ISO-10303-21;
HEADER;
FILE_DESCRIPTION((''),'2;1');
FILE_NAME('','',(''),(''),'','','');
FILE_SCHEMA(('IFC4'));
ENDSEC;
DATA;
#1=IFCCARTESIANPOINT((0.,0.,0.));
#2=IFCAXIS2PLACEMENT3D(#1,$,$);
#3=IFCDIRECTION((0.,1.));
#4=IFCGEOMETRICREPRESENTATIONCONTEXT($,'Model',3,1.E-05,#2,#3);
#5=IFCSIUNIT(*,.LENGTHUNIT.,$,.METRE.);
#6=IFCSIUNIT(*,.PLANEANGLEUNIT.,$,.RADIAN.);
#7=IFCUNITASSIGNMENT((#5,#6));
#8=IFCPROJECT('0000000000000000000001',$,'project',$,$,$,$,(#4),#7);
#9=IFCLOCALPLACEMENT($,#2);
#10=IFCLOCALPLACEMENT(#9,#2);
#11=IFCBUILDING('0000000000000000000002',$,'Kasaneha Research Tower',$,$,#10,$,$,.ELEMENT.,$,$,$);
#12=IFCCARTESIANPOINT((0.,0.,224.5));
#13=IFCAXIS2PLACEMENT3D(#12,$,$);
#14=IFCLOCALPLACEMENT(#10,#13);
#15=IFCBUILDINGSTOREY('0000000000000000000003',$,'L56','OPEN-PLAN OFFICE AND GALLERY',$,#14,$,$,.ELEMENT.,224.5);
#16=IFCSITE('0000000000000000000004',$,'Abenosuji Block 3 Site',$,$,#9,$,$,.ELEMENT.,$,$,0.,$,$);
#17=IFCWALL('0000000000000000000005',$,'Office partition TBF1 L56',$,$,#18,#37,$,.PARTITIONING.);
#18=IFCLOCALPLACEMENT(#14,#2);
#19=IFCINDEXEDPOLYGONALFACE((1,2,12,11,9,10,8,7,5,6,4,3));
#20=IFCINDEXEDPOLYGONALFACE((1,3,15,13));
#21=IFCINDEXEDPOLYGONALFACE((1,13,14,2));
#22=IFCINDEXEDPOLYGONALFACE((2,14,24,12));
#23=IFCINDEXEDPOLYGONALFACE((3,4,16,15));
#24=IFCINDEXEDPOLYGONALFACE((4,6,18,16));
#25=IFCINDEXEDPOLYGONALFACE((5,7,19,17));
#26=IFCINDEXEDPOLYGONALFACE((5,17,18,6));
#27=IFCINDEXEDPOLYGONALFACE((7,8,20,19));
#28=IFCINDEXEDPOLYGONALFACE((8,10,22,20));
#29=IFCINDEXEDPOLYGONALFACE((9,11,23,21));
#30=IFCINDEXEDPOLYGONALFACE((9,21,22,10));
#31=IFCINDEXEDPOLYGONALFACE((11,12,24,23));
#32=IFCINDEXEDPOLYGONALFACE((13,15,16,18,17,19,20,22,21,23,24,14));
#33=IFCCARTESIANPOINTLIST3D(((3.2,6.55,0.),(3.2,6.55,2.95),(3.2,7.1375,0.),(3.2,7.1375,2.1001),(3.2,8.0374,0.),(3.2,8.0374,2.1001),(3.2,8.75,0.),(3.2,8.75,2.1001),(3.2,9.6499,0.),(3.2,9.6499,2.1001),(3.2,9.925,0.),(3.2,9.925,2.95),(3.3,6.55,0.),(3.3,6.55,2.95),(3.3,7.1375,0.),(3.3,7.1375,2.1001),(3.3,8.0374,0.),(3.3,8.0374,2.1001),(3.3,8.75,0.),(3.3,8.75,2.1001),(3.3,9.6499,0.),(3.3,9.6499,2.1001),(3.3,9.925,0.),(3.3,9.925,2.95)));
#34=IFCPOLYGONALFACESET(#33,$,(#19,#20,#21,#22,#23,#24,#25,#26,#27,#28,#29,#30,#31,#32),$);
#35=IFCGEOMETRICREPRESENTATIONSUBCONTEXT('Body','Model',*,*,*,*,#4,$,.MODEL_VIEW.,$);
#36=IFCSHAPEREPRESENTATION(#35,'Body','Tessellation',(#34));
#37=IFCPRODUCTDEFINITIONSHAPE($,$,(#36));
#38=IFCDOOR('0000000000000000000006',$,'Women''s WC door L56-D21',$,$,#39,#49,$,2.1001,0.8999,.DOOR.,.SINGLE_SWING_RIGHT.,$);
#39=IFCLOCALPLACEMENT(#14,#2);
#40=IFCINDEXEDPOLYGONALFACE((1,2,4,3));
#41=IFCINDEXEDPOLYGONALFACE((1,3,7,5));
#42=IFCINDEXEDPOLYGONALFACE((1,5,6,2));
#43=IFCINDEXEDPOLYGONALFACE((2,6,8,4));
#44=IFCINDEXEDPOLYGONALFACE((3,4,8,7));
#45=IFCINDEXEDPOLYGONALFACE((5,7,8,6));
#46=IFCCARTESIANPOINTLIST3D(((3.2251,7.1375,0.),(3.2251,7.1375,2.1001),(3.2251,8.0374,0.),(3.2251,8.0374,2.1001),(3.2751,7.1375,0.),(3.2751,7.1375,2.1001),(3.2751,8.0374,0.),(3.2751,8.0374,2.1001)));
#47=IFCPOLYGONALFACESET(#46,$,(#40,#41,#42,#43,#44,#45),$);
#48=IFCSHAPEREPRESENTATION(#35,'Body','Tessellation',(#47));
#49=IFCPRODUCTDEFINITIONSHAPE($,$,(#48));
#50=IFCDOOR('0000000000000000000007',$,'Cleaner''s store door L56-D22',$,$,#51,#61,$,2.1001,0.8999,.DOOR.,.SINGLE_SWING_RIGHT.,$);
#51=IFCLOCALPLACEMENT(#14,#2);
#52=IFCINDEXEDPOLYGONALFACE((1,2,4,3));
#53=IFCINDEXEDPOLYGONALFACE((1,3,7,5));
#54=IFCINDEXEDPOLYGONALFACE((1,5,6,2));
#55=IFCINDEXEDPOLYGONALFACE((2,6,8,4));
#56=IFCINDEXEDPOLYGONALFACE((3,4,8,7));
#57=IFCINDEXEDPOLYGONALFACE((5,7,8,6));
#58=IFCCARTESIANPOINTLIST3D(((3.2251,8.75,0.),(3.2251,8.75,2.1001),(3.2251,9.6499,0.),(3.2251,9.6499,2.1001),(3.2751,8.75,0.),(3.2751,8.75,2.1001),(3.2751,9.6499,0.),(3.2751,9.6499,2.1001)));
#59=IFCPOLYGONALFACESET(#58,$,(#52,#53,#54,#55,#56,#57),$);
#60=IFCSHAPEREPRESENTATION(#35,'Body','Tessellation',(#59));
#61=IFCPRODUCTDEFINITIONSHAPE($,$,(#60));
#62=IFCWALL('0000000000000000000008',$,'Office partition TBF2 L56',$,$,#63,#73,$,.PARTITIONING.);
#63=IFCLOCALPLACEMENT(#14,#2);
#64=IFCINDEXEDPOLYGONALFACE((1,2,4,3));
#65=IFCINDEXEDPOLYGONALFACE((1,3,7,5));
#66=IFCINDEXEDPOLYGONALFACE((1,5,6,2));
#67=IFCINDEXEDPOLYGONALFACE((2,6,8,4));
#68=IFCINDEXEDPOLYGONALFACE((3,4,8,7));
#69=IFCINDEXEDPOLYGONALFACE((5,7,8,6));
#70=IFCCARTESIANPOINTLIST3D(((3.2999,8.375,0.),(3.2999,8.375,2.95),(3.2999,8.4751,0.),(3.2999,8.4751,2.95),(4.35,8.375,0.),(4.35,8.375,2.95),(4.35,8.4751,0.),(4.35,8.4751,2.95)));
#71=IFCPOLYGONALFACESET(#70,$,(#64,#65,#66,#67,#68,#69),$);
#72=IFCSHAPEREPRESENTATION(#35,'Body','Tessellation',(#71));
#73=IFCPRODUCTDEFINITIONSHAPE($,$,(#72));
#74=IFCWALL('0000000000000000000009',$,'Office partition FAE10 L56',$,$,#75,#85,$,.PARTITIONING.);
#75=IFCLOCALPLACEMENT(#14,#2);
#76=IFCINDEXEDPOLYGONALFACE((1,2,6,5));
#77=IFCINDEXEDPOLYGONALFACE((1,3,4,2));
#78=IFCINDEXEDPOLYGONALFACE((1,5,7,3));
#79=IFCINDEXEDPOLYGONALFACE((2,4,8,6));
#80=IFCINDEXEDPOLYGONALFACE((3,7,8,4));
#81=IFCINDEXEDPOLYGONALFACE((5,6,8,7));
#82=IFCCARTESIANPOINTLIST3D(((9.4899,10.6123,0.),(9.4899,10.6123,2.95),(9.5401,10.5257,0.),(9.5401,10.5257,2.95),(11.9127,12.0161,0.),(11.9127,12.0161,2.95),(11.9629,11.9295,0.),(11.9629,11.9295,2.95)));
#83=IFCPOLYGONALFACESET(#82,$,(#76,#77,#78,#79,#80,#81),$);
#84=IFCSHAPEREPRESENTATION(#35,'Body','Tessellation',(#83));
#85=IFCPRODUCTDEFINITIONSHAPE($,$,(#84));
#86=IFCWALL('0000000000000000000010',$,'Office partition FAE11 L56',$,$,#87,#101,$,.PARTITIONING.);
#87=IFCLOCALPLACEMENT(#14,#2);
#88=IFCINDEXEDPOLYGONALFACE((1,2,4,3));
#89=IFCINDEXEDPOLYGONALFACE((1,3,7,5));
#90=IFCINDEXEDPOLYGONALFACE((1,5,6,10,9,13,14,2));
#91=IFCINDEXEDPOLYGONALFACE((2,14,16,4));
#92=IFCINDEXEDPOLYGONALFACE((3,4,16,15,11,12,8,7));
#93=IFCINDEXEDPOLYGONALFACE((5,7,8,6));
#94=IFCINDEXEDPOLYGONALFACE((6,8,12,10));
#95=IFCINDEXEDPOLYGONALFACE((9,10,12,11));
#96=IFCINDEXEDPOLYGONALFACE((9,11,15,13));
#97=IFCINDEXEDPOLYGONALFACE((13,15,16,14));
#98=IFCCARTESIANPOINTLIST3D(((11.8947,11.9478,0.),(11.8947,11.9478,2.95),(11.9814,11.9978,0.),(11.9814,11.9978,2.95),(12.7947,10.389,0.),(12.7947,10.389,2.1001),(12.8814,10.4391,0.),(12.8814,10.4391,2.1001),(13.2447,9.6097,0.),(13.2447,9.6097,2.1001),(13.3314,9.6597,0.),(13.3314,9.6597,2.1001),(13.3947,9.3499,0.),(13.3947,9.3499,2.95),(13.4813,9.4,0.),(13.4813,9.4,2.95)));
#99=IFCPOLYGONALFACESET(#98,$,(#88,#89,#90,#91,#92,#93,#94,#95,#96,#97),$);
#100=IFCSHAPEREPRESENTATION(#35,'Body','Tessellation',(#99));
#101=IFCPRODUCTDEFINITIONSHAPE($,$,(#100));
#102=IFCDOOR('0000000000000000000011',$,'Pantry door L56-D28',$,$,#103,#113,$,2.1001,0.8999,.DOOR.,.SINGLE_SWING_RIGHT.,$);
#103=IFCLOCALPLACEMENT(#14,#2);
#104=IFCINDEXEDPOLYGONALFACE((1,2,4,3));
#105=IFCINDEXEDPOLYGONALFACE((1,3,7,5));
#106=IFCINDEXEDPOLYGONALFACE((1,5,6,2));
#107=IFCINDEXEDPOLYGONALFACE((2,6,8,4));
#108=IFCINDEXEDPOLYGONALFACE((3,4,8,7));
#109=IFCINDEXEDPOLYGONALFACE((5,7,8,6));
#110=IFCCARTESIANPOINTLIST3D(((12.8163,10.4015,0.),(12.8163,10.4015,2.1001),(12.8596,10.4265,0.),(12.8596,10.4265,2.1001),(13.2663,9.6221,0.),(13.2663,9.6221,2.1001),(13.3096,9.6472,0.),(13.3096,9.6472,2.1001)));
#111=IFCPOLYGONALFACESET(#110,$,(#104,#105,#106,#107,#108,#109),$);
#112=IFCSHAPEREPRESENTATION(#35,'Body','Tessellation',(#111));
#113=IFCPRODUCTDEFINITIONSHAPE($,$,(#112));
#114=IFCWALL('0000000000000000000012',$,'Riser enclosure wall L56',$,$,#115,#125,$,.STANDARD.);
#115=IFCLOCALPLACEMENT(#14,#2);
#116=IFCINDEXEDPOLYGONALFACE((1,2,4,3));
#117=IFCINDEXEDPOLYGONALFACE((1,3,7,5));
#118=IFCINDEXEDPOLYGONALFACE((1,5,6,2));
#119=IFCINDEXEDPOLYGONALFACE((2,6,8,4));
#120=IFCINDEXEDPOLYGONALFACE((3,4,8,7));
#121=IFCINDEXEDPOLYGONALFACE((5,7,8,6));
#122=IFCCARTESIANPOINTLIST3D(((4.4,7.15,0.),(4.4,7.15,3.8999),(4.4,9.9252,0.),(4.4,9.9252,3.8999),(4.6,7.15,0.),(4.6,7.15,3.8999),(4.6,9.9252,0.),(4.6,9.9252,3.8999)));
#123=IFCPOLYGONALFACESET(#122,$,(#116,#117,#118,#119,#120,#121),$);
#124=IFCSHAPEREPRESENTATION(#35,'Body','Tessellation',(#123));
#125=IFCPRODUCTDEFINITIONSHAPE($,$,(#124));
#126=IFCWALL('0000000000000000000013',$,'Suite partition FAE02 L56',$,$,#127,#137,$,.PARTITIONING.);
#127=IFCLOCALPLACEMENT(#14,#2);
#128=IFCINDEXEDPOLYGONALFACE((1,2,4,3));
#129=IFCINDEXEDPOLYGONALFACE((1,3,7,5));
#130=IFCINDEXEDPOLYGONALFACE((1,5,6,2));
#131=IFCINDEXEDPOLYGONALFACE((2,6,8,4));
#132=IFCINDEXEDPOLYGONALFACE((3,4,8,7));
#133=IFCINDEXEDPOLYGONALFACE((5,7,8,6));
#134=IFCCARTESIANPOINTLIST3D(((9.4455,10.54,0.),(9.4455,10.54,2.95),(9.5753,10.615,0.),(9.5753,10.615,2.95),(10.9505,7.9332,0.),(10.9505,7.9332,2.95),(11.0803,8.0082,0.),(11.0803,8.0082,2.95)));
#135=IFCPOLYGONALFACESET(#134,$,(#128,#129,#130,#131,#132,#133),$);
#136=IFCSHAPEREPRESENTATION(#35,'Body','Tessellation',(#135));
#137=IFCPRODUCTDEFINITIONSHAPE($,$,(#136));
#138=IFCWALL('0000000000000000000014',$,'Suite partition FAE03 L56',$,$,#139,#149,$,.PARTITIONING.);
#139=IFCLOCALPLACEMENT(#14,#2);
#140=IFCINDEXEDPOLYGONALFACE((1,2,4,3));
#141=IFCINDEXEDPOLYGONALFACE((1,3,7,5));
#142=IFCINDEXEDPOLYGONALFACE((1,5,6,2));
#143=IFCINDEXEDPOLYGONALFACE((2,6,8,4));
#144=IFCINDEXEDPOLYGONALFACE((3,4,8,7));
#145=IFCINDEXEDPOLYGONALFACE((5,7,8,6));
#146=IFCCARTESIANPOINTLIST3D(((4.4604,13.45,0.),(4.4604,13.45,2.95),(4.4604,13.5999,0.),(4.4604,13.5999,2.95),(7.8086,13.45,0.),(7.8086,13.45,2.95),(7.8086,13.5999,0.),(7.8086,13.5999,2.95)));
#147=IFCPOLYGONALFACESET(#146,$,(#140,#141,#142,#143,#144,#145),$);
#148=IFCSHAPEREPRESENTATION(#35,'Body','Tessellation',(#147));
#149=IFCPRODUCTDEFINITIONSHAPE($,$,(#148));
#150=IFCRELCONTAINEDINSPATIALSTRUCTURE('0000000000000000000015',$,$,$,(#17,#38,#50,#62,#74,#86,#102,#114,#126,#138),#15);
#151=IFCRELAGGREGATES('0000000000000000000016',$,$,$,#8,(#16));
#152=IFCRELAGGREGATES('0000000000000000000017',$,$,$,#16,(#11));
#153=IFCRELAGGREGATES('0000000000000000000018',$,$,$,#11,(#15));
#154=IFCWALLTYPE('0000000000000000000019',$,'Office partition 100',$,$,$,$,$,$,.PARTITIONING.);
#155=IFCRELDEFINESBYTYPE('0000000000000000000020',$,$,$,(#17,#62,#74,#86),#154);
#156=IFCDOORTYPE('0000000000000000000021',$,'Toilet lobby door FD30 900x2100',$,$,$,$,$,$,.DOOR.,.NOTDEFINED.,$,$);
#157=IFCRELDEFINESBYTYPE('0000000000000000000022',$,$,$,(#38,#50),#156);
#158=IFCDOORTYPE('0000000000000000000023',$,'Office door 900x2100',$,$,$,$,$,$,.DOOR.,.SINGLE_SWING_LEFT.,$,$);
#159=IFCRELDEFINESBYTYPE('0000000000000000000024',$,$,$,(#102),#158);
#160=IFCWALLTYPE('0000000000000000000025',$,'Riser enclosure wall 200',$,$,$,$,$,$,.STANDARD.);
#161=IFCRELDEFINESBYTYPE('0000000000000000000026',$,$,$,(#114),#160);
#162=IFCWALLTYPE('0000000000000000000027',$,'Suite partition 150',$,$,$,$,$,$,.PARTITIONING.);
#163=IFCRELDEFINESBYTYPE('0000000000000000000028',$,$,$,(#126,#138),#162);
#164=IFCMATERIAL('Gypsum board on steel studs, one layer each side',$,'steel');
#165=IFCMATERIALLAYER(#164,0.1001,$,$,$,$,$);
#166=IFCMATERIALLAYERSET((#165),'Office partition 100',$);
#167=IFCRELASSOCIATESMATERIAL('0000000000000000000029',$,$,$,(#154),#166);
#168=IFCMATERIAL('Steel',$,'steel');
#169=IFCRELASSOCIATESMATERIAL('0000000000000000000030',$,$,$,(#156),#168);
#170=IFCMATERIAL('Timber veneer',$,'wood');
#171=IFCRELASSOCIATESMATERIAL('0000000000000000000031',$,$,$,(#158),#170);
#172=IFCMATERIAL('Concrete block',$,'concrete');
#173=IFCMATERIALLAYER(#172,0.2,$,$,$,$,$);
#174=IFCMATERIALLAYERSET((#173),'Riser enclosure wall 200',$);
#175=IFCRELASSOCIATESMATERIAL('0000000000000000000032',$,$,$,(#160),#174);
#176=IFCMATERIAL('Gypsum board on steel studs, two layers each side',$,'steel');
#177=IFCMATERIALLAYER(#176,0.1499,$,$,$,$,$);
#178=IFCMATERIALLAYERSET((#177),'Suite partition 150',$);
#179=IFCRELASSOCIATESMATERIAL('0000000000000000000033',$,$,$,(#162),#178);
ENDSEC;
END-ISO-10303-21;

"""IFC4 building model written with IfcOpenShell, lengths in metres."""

from ifc_helpers import new_model, si_unit, direction, frame, frame_2d, origin, place, context, subcontext, project, spatial, rectangle, extrude, material, layer, layer_set, type_object, element, fill, save


model = new_model("IFC4")

# Units and contexts
model_context = context("Model", 3, precision=1e-05, world=origin(), true_north=direction((0.0, 1.0)))
body_context = subcontext(model_context, "Body", "Model", "MODEL_VIEW")
ifc_project = project(units=[si_unit("LENGTHUNIT", "METRE"), si_unit("PLANEANGLEUNIT", "RADIAN")], contexts=[model_context])

# Site, building, storey
site_placement = place(None, origin())
site = spatial("IfcSite", under=ifc_project, at=site_placement, Name="Abenosuji Block 3 Site", CompositionType="ELEMENT", RefElevation=0.0)
building_placement = place(site_placement, origin())
building = spatial("IfcBuilding", under=site, at=building_placement, Name="Kasaneha Research Tower", CompositionType="ELEMENT")
storey_placement = place(building_placement, frame((0.0, 0.0, 224.5)))
storey = spatial("IfcBuildingStorey", under=building, at=storey_placement, Name="L56", Description="OPEN-PLAN OFFICE AND GALLERY", CompositionType="ELEMENT", Elevation=224.5)

# Wall, openings, doors
ifc_material_1 = material(Name="Gypsum board on steel studs, one layer each side", Category="steel")
ifc_layer_1 = layer(ifc_material_1, 0.1001)
ifc_layer_set_1 = layer_set([ifc_layer_1], Name="Office partition 100")
wall_type_1 = type_object("IfcWallType", Name="Office partition 100", PredefinedType="PARTITIONING", material=ifc_layer_set_1)
wall_1_placement = place(storey_placement, frame((3.25, 6.55, 0.0), z_axis=(0.0, 0.0, 1.0), x_axis=(0.0, 1.0, 0.0)))
wall_1 = element("IfcWall", 1, at=wall_1_placement, inside=storey, type_object=wall_type_1, Name="Office partition TBF1 L56", PredefinedType="PARTITIONING", context=body_context, shape_type="SweptSolid", body=[
    extrude(rectangle(XDim=3.375, YDim=0.1001, at=frame_2d((1.6875, 0.0))), origin(), (0.0, 0.0, 1.0), 2.95),
])
opening_1_placement = place(wall_1_placement, frame((0.5874, 0.0, 0.0)))
opening_1 = element("IfcOpeningElement", 2, at=opening_1_placement, cuts=wall_1, PredefinedType="OPENING", context=body_context, shape_type="SweptSolid", body=[
    extrude(rectangle(XDim=0.8999, YDim=2.1001, at=frame_2d((0.45, 1.05))), frame((0.0, 0.0601, 0.0), z_axis=(0.0, -1.0, 0.0), x_axis=(1.0, 0.0, 0.0)), (0.0, 0.0, 1.0), 0.1201),
])
opening_2_placement = place(wall_1_placement, frame((2.2, 0.0, 0.0)))
opening_2 = element("IfcOpeningElement", 3, at=opening_2_placement, cuts=wall_1, PredefinedType="OPENING", context=body_context, shape_type="SweptSolid", body=[
    extrude(rectangle(XDim=0.8999, YDim=2.1001, at=frame_2d((0.45, 1.05))), frame((0.0, 0.0601, 0.0), z_axis=(0.0, -1.0, 0.0), x_axis=(1.0, 0.0, 0.0)), (0.0, 0.0, 1.0), 0.1201),
])
ifc_material_2 = material(Name="Steel", Category="steel")
door_type_1 = type_object("IfcDoorType", Name="Toilet lobby door FD30 900x2100", OperationType="NOTDEFINED", PredefinedType="DOOR", material=ifc_material_2)
door_1_placement = place(opening_1_placement, origin())
door_1 = element("IfcDoor", 4, at=door_1_placement, inside=storey, type_object=door_type_1, Name="Women's WC door L56-D21", OperationType="SINGLE_SWING_RIGHT", OverallHeight=2.1001, OverallWidth=0.8999, PredefinedType="DOOR", context=body_context, shape_type="SweptSolid", body=[
    extrude(rectangle(XDim=0.8999, YDim=2.1001, at=frame_2d((0.45, 1.05))), frame((0.0, 0.0249, 0.0), z_axis=(0.0, -1.0, 0.0), x_axis=(1.0, 0.0, 0.0)), (0.0, 0.0, 1.0), 0.05),
])
fill(opening_1, door_1)
door_2_placement = place(opening_2_placement, origin())
door_2 = element("IfcDoor", 5, at=door_2_placement, inside=storey, type_object=door_type_1, Name="Cleaner's store door L56-D22", OperationType="SINGLE_SWING_RIGHT", OverallHeight=2.1001, OverallWidth=0.8999, PredefinedType="DOOR", context=body_context, shape_type="SweptSolid", body=[
    extrude(rectangle(XDim=0.8999, YDim=2.1001, at=frame_2d((0.45, 1.05))), frame((0.0, 0.0249, 0.0), z_axis=(0.0, -1.0, 0.0), x_axis=(1.0, 0.0, 0.0)), (0.0, 0.0, 1.0), 0.05),
])
fill(opening_2, door_2)

# Walls
wall_2_placement = place(storey_placement, frame((3.3, 8.425, 0.0), z_axis=(0.0, 0.0, 1.0), x_axis=(1.0, 0.0, 0.0)))
element("IfcWall", 6, at=wall_2_placement, inside=storey, type_object=wall_type_1, Name="Office partition TBF2 L56", PredefinedType="PARTITIONING", context=body_context, shape_type="SweptSolid", body=[
    extrude(rectangle(XDim=1.05, YDim=0.1001, at=frame_2d((0.5249, 0.0))), origin(), (0.0, 0.0, 1.0), 2.95),
])
wall_3_placement = place(storey_placement, frame((9.5151, 10.5691, 0.0), z_axis=(0.0, 0.0, 1.0), x_axis=(0.865255, 0.501332, 0.0)))
element("IfcWall", 7, at=wall_3_placement, inside=storey, type_object=wall_type_1, Name="Office partition FAE10 L56", PredefinedType="PARTITIONING", context=body_context, shape_type="SweptSolid", body=[
    extrude(rectangle(XDim=2.8, YDim=0.1001, at=frame_2d((1.3999, 0.0))), origin(), (0.0, 0.0, 1.0), 2.95),
])

# Wall, opening, door
wall_4_placement = place(storey_placement, frame((11.938, 11.9729, 0.0), z_axis=(0.0, 0.0, 1.0), x_axis=(0.500025, -0.866011, 0.0)))
wall_4 = element("IfcWall", 8, at=wall_4_placement, inside=storey, type_object=wall_type_1, Name="Office partition FAE11 L56", PredefinedType="PARTITIONING", context=body_context, shape_type="SweptSolid", body=[
    extrude(rectangle(XDim=2.9998, YDim=0.1001, at=frame_2d((1.5, 0.0))), origin(), (0.0, 0.0, 1.0), 2.95),
])
opening_3_placement = place(wall_4_placement, frame((1.8, 0.0, 0.0)))
opening_3 = element("IfcOpeningElement", 9, at=opening_3_placement, cuts=wall_4, PredefinedType="OPENING", context=body_context, shape_type="SweptSolid", body=[
    extrude(rectangle(XDim=0.8999, YDim=2.1001, at=frame_2d((0.45, 1.05))), frame((0.0, 0.0601, 0.0), z_axis=(0.0, -1.0, 0.0), x_axis=(1.0, 0.0, 0.0)), (0.0, 0.0, 1.0), 0.1201),
])
ifc_material_3 = material(Name="Timber veneer", Category="wood")
door_type_2 = type_object("IfcDoorType", Name="Office door 900x2100", OperationType="SINGLE_SWING_LEFT", PredefinedType="DOOR", material=ifc_material_3)
door_3_placement = place(opening_3_placement, origin())
door_3 = element("IfcDoor", 10, at=door_3_placement, inside=storey, type_object=door_type_2, Name="Pantry door L56-D28", OperationType="SINGLE_SWING_RIGHT", OverallHeight=2.1001, OverallWidth=0.8999, PredefinedType="DOOR", context=body_context, shape_type="SweptSolid", body=[
    extrude(rectangle(XDim=0.8999, YDim=2.1001, at=frame_2d((0.45, 1.05))), frame((0.0, 0.0249, 0.0), z_axis=(0.0, -1.0, 0.0), x_axis=(1.0, 0.0, 0.0)), (0.0, 0.0, 1.0), 0.05),
])
fill(opening_3, door_3)

# Walls
ifc_material_4 = material(Name="Concrete block", Category="concrete")
ifc_layer_2 = layer(ifc_material_4, 0.2)
ifc_layer_set_2 = layer_set([ifc_layer_2], Name="Riser enclosure wall 200")
wall_type_2 = type_object("IfcWallType", Name="Riser enclosure wall 200", PredefinedType="STANDARD", material=ifc_layer_set_2)
wall_5_placement = place(storey_placement, frame((4.5, 7.1499, 0.0), z_axis=(0.0, 0.0, 1.0), x_axis=(0.0, 1.0, 0.0)))
element("IfcWall", 11, at=wall_5_placement, inside=storey, type_object=wall_type_2, Name="Riser enclosure wall L56", PredefinedType="STANDARD", context=body_context, shape_type="SweptSolid", body=[
    extrude(rectangle(XDim=2.7751, YDim=0.2, at=frame_2d((1.3877, 0.0))), origin(), (0.0, 0.0, 1.0), 3.8999),
])
ifc_material_5 = material(Name="Gypsum board on steel studs, two layers each side", Category="steel")
ifc_layer_3 = layer(ifc_material_5, 0.1499)
ifc_layer_set_3 = layer_set([ifc_layer_3], Name="Suite partition 150")
wall_type_3 = type_object("IfcWallType", Name="Suite partition 150", PredefinedType="PARTITIONING", material=ifc_layer_set_3)
wall_6_placement = place(storey_placement, frame((9.5105, 10.5774, 0.0), z_axis=(0.0, 0.0, 1.0), x_axis=(0.499978, -0.866038, 0.0)))
element("IfcWall", 12, at=wall_6_placement, inside=storey, type_object=wall_type_3, Name="Suite partition FAE02 L56", PredefinedType="PARTITIONING", context=body_context, shape_type="SweptSolid", body=[
    extrude(rectangle(XDim=3.01, YDim=0.1499, at=frame_2d((1.5049, 0.0))), origin(), (0.0, 0.0, 1.0), 2.95),
])
wall_7_placement = place(storey_placement, frame((4.4604, 13.5249, 0.0), z_axis=(0.0, 0.0, 1.0), x_axis=(1.0, 0.0, 0.0)))
element("IfcWall", 13, at=wall_7_placement, inside=storey, type_object=wall_type_3, Name="Suite partition FAE03 L56", PredefinedType="PARTITIONING", context=body_context, shape_type="SweptSolid", body=[
    extrude(rectangle(XDim=3.3481, YDim=0.1499, at=frame_2d((1.6741, 0.0))), origin(), (0.0, 0.0, 1.0), 2.95),
])

save(model, "model.ifc")
